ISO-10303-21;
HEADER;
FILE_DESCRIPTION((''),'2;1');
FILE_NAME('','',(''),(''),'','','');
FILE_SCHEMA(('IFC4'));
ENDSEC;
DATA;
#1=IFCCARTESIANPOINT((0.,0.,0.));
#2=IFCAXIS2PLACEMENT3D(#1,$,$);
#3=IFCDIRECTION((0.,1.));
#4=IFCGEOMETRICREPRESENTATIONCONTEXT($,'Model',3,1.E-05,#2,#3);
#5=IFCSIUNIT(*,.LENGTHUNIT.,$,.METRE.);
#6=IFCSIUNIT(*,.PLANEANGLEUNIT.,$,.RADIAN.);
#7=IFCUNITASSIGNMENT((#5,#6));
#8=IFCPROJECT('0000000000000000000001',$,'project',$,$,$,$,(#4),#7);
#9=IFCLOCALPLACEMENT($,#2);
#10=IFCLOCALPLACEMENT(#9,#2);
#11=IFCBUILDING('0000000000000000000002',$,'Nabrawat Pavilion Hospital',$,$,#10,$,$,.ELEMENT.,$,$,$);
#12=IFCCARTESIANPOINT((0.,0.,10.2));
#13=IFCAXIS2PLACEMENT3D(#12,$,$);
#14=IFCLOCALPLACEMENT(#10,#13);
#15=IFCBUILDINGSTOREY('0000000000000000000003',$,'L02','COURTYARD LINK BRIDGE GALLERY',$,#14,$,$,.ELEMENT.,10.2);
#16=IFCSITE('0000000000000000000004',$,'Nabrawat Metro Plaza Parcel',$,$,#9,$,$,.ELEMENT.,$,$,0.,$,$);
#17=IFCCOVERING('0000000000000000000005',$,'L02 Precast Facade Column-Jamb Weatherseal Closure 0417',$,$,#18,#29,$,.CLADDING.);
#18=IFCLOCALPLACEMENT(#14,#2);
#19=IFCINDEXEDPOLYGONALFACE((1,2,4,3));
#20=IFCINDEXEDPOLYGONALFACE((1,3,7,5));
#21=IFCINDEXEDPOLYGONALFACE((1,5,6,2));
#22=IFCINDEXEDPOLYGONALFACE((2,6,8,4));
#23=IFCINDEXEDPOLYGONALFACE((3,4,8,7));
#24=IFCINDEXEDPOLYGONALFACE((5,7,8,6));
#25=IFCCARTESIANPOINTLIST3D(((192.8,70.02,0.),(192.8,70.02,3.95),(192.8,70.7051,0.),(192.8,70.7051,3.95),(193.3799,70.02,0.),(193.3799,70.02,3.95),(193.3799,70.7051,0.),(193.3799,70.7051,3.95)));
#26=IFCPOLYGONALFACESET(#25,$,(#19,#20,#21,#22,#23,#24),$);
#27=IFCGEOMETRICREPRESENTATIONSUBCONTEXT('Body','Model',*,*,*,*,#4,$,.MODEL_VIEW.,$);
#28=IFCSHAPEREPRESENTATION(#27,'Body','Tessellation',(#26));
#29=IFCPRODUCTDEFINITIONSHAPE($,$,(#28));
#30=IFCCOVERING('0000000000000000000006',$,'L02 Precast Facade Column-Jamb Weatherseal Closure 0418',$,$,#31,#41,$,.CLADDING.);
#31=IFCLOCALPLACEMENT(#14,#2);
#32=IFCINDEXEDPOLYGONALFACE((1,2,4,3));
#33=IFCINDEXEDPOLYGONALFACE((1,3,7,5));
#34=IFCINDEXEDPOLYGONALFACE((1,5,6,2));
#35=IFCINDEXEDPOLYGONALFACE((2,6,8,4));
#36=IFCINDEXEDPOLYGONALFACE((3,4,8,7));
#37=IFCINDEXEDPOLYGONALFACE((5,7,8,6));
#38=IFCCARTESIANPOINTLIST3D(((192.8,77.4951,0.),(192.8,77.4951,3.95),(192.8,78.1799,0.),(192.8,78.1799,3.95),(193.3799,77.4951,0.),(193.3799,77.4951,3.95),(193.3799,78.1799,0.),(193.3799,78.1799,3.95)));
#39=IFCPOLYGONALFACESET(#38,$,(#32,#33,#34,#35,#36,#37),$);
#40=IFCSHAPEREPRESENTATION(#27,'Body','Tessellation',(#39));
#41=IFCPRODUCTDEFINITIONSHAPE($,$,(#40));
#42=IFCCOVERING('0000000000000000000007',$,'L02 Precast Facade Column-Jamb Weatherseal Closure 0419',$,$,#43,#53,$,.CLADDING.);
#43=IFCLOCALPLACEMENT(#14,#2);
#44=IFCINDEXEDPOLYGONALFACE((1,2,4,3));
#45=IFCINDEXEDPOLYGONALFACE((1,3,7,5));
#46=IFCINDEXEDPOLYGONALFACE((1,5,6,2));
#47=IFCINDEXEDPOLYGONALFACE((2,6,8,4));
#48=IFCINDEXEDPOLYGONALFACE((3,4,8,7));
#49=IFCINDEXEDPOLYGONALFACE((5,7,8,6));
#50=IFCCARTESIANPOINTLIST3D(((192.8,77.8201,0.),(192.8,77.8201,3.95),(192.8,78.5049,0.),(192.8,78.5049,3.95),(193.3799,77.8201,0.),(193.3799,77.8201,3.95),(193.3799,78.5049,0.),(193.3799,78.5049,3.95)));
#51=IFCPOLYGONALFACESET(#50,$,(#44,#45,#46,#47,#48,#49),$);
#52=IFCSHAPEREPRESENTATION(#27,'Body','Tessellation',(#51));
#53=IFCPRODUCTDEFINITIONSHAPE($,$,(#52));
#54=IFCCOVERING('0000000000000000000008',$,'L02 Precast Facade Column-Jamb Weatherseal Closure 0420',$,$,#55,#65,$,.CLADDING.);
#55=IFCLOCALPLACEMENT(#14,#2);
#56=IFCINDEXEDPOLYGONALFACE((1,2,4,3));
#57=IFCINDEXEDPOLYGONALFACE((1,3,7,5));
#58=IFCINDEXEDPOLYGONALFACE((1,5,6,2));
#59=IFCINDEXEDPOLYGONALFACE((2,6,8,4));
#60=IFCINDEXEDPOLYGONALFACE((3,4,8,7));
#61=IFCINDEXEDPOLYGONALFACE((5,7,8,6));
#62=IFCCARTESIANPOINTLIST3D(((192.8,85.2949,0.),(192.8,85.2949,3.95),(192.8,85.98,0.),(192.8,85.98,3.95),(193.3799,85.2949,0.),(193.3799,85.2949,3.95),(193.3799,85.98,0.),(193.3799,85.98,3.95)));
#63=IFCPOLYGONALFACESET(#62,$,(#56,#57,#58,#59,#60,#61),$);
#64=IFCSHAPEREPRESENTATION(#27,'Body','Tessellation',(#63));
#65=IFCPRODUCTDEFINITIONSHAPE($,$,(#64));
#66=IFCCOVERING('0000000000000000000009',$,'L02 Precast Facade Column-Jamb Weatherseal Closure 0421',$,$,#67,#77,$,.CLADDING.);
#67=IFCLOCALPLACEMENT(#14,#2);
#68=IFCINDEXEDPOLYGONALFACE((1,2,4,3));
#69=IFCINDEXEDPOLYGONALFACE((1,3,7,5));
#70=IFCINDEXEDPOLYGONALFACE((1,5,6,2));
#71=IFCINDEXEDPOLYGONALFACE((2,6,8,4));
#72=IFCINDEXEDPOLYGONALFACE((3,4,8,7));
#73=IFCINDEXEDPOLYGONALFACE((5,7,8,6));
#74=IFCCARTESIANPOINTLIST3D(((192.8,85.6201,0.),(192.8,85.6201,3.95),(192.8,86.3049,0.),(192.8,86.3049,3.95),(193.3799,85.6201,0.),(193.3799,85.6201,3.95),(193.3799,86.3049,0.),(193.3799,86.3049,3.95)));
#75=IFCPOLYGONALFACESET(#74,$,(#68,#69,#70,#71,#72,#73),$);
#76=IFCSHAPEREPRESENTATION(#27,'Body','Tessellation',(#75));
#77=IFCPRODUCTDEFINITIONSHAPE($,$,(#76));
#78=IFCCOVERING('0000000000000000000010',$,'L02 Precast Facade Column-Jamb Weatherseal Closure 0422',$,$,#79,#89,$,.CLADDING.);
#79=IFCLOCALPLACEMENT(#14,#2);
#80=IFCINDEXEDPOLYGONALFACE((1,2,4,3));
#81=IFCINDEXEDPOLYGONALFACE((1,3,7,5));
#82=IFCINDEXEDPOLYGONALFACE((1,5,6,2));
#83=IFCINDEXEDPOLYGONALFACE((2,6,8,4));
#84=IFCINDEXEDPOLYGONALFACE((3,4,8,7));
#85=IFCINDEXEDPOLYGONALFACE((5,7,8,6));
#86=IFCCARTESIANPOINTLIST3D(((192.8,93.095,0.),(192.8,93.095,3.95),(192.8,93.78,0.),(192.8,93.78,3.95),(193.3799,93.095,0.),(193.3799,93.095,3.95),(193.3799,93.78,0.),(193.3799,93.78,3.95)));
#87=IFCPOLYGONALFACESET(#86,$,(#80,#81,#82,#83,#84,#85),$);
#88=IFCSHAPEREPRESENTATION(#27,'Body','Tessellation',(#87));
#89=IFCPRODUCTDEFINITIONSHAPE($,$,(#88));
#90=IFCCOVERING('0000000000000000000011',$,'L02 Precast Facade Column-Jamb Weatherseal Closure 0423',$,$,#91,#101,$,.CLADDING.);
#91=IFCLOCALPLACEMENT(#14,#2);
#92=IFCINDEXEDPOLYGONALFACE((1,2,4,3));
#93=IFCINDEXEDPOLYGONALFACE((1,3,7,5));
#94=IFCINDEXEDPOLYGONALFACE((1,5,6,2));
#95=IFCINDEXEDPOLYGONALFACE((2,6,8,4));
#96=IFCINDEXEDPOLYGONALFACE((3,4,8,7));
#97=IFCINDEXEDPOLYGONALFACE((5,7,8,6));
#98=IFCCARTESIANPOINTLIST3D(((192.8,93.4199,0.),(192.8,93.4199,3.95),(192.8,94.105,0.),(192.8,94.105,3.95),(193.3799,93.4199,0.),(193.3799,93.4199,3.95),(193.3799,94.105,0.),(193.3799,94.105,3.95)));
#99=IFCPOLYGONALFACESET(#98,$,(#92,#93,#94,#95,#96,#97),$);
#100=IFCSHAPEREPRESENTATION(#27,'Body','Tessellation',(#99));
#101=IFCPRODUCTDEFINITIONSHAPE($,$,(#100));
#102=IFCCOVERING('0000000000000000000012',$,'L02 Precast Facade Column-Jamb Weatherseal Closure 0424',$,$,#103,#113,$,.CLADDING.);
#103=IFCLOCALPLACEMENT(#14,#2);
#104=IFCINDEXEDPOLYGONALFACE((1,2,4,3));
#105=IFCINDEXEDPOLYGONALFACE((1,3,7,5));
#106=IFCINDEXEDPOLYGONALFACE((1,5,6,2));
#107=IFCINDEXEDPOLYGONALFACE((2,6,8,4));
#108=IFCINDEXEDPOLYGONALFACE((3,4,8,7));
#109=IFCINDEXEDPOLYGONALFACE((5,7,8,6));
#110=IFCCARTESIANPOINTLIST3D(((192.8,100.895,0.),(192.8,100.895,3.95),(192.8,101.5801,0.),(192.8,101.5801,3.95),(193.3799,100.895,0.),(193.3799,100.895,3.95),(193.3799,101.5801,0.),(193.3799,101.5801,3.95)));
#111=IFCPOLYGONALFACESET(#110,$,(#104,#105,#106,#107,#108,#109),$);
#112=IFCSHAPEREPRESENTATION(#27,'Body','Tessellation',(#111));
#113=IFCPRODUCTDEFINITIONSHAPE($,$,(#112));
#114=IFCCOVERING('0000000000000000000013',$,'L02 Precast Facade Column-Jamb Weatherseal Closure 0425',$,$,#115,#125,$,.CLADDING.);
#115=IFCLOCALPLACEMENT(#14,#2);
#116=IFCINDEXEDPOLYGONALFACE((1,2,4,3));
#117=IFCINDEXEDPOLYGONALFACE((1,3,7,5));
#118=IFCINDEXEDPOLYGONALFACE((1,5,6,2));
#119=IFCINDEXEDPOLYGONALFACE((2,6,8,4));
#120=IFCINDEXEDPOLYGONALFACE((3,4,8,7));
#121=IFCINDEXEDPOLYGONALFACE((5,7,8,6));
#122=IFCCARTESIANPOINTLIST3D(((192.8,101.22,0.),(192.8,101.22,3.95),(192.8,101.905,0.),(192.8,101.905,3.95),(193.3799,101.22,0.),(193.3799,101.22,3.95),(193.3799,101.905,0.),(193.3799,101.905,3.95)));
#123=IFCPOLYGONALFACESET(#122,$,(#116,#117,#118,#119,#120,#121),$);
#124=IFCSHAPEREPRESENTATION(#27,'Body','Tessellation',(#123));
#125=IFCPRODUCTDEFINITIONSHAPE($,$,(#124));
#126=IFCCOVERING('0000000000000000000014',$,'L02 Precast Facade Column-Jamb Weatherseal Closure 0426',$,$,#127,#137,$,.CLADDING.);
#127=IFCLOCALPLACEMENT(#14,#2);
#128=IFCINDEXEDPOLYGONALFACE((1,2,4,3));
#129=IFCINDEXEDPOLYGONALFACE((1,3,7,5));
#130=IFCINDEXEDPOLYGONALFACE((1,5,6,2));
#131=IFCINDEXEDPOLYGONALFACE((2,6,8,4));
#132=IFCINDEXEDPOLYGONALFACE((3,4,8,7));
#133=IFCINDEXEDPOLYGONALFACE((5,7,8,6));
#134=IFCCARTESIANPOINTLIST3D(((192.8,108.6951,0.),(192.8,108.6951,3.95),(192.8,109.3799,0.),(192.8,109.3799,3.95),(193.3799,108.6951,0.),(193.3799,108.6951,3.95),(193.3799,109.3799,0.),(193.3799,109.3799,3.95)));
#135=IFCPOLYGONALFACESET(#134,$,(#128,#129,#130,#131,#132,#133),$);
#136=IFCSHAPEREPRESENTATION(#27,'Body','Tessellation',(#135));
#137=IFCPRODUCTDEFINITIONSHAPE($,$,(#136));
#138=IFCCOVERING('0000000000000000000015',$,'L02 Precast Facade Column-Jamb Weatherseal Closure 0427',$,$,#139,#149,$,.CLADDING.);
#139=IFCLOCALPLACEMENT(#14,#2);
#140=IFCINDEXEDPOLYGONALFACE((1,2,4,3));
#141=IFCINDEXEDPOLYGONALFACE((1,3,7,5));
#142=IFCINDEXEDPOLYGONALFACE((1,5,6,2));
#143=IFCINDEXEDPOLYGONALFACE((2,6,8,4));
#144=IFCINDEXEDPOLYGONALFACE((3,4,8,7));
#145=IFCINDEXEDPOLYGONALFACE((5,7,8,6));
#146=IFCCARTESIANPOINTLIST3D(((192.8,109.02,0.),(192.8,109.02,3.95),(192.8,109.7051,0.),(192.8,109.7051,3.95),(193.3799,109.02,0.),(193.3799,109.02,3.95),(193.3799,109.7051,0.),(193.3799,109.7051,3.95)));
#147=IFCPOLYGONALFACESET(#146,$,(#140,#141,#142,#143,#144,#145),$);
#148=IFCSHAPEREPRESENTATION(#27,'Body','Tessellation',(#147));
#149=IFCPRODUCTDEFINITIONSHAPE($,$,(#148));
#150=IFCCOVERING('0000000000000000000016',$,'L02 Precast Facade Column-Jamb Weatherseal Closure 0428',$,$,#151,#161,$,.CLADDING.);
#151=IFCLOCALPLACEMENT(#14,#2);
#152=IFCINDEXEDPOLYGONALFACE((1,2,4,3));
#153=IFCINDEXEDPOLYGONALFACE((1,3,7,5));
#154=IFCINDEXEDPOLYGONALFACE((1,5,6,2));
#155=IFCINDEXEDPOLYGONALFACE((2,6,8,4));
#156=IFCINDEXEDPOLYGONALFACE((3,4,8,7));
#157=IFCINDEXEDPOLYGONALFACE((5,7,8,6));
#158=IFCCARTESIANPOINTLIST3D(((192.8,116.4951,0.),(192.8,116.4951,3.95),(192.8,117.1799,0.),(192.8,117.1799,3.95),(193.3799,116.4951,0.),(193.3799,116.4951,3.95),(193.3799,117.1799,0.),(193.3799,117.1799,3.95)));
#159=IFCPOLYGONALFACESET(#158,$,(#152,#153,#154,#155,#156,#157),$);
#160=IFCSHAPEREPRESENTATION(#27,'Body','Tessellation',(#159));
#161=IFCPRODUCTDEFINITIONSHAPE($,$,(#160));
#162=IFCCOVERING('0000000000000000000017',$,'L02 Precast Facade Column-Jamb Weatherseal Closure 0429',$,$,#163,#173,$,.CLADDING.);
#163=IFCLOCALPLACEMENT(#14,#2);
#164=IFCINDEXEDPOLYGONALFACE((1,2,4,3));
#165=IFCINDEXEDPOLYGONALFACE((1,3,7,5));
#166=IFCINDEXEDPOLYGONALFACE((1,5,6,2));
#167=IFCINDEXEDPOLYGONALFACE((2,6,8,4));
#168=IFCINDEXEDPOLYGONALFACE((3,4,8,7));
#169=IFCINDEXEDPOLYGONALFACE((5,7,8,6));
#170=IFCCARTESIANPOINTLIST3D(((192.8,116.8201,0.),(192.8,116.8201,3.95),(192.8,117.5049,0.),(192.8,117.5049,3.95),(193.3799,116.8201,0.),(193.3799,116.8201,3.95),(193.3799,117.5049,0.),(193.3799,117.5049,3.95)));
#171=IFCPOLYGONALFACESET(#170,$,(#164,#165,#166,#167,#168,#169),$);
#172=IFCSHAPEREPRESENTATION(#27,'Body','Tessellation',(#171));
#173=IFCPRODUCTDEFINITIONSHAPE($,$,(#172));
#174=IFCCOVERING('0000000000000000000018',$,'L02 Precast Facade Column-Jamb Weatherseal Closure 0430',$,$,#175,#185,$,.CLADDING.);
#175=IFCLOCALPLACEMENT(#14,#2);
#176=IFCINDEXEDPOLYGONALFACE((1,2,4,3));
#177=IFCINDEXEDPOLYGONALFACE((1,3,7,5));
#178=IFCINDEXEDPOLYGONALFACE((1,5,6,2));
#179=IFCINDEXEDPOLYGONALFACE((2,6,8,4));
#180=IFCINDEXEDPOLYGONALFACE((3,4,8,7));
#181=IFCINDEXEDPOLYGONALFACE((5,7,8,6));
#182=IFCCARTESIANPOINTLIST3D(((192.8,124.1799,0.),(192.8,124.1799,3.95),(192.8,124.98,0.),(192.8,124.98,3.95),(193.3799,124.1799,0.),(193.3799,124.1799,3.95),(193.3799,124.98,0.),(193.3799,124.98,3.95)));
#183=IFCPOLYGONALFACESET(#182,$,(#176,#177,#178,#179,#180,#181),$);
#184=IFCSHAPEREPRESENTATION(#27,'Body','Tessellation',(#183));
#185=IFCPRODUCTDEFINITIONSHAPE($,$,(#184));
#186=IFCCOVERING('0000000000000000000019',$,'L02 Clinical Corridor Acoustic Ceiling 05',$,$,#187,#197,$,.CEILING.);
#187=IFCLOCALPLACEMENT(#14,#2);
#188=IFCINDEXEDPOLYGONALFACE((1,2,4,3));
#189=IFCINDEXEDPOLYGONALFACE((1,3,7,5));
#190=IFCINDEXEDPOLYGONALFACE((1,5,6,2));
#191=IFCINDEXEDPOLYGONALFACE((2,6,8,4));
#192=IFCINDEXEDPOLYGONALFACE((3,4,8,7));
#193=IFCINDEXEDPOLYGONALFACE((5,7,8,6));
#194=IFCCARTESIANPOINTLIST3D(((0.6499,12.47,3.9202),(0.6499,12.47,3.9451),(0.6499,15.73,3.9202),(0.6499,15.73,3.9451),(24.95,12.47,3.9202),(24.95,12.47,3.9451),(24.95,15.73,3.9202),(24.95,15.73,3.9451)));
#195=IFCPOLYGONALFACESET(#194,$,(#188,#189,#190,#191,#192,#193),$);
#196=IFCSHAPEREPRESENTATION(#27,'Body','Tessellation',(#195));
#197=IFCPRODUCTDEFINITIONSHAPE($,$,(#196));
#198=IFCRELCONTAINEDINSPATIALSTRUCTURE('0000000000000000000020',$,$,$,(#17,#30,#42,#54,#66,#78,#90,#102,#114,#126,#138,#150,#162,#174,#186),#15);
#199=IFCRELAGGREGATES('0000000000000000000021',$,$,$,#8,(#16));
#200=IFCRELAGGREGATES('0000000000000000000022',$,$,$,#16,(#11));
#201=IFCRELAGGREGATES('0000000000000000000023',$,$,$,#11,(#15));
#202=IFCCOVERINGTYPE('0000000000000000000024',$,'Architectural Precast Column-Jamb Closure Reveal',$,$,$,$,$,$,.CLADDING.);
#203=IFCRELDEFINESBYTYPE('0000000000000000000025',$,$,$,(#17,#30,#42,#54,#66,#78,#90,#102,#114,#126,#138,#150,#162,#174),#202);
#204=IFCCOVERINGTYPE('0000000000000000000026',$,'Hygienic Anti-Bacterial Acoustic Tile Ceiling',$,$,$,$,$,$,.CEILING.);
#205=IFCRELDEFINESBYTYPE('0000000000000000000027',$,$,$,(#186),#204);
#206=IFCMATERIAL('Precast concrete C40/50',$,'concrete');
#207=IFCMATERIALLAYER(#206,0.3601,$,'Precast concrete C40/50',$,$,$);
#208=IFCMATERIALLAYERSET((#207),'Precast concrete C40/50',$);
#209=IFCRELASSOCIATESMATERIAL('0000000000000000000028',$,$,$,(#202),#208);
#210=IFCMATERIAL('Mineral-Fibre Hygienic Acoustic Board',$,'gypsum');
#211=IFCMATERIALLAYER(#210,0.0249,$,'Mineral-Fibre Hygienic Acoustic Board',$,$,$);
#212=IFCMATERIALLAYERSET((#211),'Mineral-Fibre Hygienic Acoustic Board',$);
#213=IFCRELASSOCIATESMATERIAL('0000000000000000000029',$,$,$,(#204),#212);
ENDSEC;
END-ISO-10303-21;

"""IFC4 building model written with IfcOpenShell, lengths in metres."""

from ifc_helpers import new_model, si_unit, direction, frame, origin, place, context, subcontext, project, spatial, polyline, outline, extrude, material, layer, layer_set, type_object, element, save


model = new_model("IFC4")

# Units and contexts
model_context = context("Model", 3, precision=1e-05, world=origin(), true_north=direction((0.0, 1.0)))
body_context = subcontext(model_context, "Body", "Model", "MODEL_VIEW")
ifc_project = project(units=[si_unit("LENGTHUNIT", "METRE"), si_unit("PLANEANGLEUNIT", "RADIAN")], contexts=[model_context])

# Site, building, storey
site_placement = place(None, origin())
site = spatial("IfcSite", under=ifc_project, at=site_placement, Name="Nabrawat Metro Plaza Parcel", CompositionType="ELEMENT", RefElevation=0.0)
building_placement = place(site_placement, origin())
building = spatial("IfcBuilding", under=site, at=building_placement, Name="Nabrawat Pavilion Hospital", CompositionType="ELEMENT")
storey_placement = place(building_placement, frame((0.0, 0.0, 10.2)))
storey = spatial("IfcBuildingStorey", under=building, at=storey_placement, Name="L02", Description="COURTYARD LINK BRIDGE GALLERY", CompositionType="ELEMENT", Elevation=10.2)

# Shared definitions
ifc_material_1 = material(Name="Precast concrete C40/50", Category="concrete")

# Coverings
ifc_layer_1 = layer(ifc_material_1, 0.3601, Name="Precast concrete C40/50")
ifc_layer_set_1 = layer_set([ifc_layer_1], Name="Precast concrete C40/50")
covering_type_1 = type_object("IfcCoveringType", Name="Architectural Precast Column-Jamb Closure Reveal", PredefinedType="CLADDING", material=ifc_layer_set_1)
covering_1_placement = place(storey_placement, origin())
element("IfcCovering", 1, at=covering_1_placement, inside=storey, type_object=covering_type_1, Name="L02 Precast Facade Column-Jamb Weatherseal Closure 0417", PredefinedType="CLADDING", context=body_context, shape_type="SweptSolid", body=[
    extrude(outline(polyline([(193.3799, 70.02), (193.3799, 70.7051), (192.8, 70.7051), (192.8, 70.02), (193.3799, 70.02)])), origin(), (0.0, 0.0, 1.0), 3.95),
])
covering_2_placement = place(storey_placement, origin())
element("IfcCovering", 2, at=covering_2_placement, inside=storey, type_object=covering_type_1, Name="L02 Precast Facade Column-Jamb Weatherseal Closure 0418", PredefinedType="CLADDING", context=body_context, shape_type="SweptSolid", body=[
    extrude(outline(polyline([(193.3799, 77.4951), (193.3799, 78.1799), (192.8, 78.1799), (192.8, 77.4951), (193.3799, 77.4951)])), origin(), (0.0, 0.0, 1.0), 3.95),
])
covering_3_placement = place(storey_placement, origin())
element("IfcCovering", 3, at=covering_3_placement, inside=storey, type_object=covering_type_1, Name="L02 Precast Facade Column-Jamb Weatherseal Closure 0419", PredefinedType="CLADDING", context=body_context, shape_type="SweptSolid", body=[
    extrude(outline(polyline([(193.3799, 77.8201), (193.3799, 78.5049), (192.8, 78.5049), (192.8, 77.8201), (193.3799, 77.8201)])), origin(), (0.0, 0.0, 1.0), 3.95),
])
covering_4_placement = place(storey_placement, origin())
element("IfcCovering", 4, at=covering_4_placement, inside=storey, type_object=covering_type_1, Name="L02 Precast Facade Column-Jamb Weatherseal Closure 0420", PredefinedType="CLADDING", context=body_context, shape_type="SweptSolid", body=[
    extrude(outline(polyline([(193.3799, 85.2949), (193.3799, 85.98), (192.8, 85.98), (192.8, 85.2949), (193.3799, 85.2949)])), origin(), (0.0, 0.0, 1.0), 3.95),
])
covering_5_placement = place(storey_placement, origin())
element("IfcCovering", 5, at=covering_5_placement, inside=storey, type_object=covering_type_1, Name="L02 Precast Facade Column-Jamb Weatherseal Closure 0421", PredefinedType="CLADDING", context=body_context, shape_type="SweptSolid", body=[
    extrude(outline(polyline([(193.3799, 85.6201), (193.3799, 86.3049), (192.8, 86.3049), (192.8, 85.6201), (193.3799, 85.6201)])), origin(), (0.0, 0.0, 1.0), 3.95),
])
covering_6_placement = place(storey_placement, origin())
element("IfcCovering", 6, at=covering_6_placement, inside=storey, type_object=covering_type_1, Name="L02 Precast Facade Column-Jamb Weatherseal Closure 0422", PredefinedType="CLADDING", context=body_context, shape_type="SweptSolid", body=[
    extrude(outline(polyline([(193.3799, 93.095), (193.3799, 93.78), (192.8, 93.78), (192.8, 93.095), (193.3799, 93.095)])), origin(), (0.0, 0.0, 1.0), 3.95),
])
covering_7_placement = place(storey_placement, origin())
element("IfcCovering", 7, at=covering_7_placement, inside=storey, type_object=covering_type_1, Name="L02 Precast Facade Column-Jamb Weatherseal Closure 0423", PredefinedType="CLADDING", context=body_context, shape_type="SweptSolid", body=[
    extrude(outline(polyline([(193.3799, 93.4199), (193.3799, 94.105), (192.8, 94.105), (192.8, 93.4199), (193.3799, 93.4199)])), origin(), (0.0, 0.0, 1.0), 3.95),
])
covering_8_placement = place(storey_placement, origin())
element("IfcCovering", 8, at=covering_8_placement, inside=storey, type_object=covering_type_1, Name="L02 Precast Facade Column-Jamb Weatherseal Closure 0424", PredefinedType="CLADDING", context=body_context, shape_type="SweptSolid", body=[
    extrude(outline(polyline([(193.3799, 100.895), (193.3799, 101.5801), (192.8, 101.5801), (192.8, 100.895), (193.3799, 100.895)])), origin(), (0.0, 0.0, 1.0), 3.95),
])
covering_9_placement = place(storey_placement, origin())
element("IfcCovering", 9, at=covering_9_placement, inside=storey, type_object=covering_type_1, Name="L02 Precast Facade Column-Jamb Weatherseal Closure 0425", PredefinedType="CLADDING", context=body_context, shape_type="SweptSolid", body=[
    extrude(outline(polyline([(193.3799, 101.22), (193.3799, 101.905), (192.8, 101.905), (192.8, 101.22), (193.3799, 101.22)])), origin(), (0.0, 0.0, 1.0), 3.95),
])
covering_10_placement = place(storey_placement, origin())
element("IfcCovering", 10, at=covering_10_placement, inside=storey, type_object=covering_type_1, Name="L02 Precast Facade Column-Jamb Weatherseal Closure 0426", PredefinedType="CLADDING", context=body_context, shape_type="SweptSolid", body=[
    extrude(outline(polyline([(193.3799, 108.6951), (193.3799, 109.3799), (192.8, 109.3799), (192.8, 108.6951), (193.3799, 108.6951)])), origin(), (0.0, 0.0, 1.0), 3.95),
])
covering_11_placement = place(storey_placement, origin())
element("IfcCovering", 11, at=covering_11_placement, inside=storey, type_object=covering_type_1, Name="L02 Precast Facade Column-Jamb Weatherseal Closure 0427", PredefinedType="CLADDING", context=body_context, shape_type="SweptSolid", body=[
    extrude(outline(polyline([(193.3799, 109.02), (193.3799, 109.7051), (192.8, 109.7051), (192.8, 109.02), (193.3799, 109.02)])), origin(), (0.0, 0.0, 1.0), 3.95),
])
covering_12_placement = place(storey_placement, origin())
element("IfcCovering", 12, at=covering_12_placement, inside=storey, type_object=covering_type_1, Name="L02 Precast Facade Column-Jamb Weatherseal Closure 0428", PredefinedType="CLADDING", context=body_context, shape_type="SweptSolid", body=[
    extrude(outline(polyline([(193.3799, 116.4951), (193.3799, 117.1799), (192.8, 117.1799), (192.8, 116.4951), (193.3799, 116.4951)])), origin(), (0.0, 0.0, 1.0), 3.95),
])
covering_13_placement = place(storey_placement, origin())
element("IfcCovering", 13, at=covering_13_placement, inside=storey, type_object=covering_type_1, Name="L02 Precast Facade Column-Jamb Weatherseal Closure 0429", PredefinedType="CLADDING", context=body_context, shape_type="SweptSolid", body=[
    extrude(outline(polyline([(193.3799, 116.8201), (193.3799, 117.5049), (192.8, 117.5049), (192.8, 116.8201), (193.3799, 116.8201)])), origin(), (0.0, 0.0, 1.0), 3.95),
])
covering_14_placement = place(storey_placement, origin())
element("IfcCovering", 14, at=covering_14_placement, inside=storey, type_object=covering_type_1, Name="L02 Precast Facade Column-Jamb Weatherseal Closure 0430", PredefinedType="CLADDING", context=body_context, shape_type="SweptSolid", body=[
    extrude(outline(polyline([(193.3799, 124.1799), (193.3799, 124.98), (192.8, 124.98), (192.8, 124.1799), (193.3799, 124.1799)])), origin(), (0.0, 0.0, 1.0), 3.95),
])
ifc_material_2 = material(Name="Mineral-Fibre Hygienic Acoustic Board", Category="gypsum")
ifc_layer_2 = layer(ifc_material_2, 0.0249, Name="Mineral-Fibre Hygienic Acoustic Board")
ifc_layer_set_2 = layer_set([ifc_layer_2], Name="Mineral-Fibre Hygienic Acoustic Board")
covering_type_2 = type_object("IfcCoveringType", Name="Hygienic Anti-Bacterial Acoustic Tile Ceiling", PredefinedType="CEILING", material=ifc_layer_set_2)
covering_15_placement = place(storey_placement, frame((0.0, 0.0, 3.9202)))
element("IfcCovering", 15, at=covering_15_placement, inside=storey, type_object=covering_type_2, Name="L02 Clinical Corridor Acoustic Ceiling 05", PredefinedType="CEILING", context=body_context, shape_type="SweptSolid", body=[
    extrude(outline(polyline([(24.95, 12.47), (24.95, 15.73), (0.6499, 15.73), (0.6499, 12.47), (24.95, 12.47)])), origin(), (0.0, 0.0, 1.0), 0.0249),
])

save(model, "model.ifc")
